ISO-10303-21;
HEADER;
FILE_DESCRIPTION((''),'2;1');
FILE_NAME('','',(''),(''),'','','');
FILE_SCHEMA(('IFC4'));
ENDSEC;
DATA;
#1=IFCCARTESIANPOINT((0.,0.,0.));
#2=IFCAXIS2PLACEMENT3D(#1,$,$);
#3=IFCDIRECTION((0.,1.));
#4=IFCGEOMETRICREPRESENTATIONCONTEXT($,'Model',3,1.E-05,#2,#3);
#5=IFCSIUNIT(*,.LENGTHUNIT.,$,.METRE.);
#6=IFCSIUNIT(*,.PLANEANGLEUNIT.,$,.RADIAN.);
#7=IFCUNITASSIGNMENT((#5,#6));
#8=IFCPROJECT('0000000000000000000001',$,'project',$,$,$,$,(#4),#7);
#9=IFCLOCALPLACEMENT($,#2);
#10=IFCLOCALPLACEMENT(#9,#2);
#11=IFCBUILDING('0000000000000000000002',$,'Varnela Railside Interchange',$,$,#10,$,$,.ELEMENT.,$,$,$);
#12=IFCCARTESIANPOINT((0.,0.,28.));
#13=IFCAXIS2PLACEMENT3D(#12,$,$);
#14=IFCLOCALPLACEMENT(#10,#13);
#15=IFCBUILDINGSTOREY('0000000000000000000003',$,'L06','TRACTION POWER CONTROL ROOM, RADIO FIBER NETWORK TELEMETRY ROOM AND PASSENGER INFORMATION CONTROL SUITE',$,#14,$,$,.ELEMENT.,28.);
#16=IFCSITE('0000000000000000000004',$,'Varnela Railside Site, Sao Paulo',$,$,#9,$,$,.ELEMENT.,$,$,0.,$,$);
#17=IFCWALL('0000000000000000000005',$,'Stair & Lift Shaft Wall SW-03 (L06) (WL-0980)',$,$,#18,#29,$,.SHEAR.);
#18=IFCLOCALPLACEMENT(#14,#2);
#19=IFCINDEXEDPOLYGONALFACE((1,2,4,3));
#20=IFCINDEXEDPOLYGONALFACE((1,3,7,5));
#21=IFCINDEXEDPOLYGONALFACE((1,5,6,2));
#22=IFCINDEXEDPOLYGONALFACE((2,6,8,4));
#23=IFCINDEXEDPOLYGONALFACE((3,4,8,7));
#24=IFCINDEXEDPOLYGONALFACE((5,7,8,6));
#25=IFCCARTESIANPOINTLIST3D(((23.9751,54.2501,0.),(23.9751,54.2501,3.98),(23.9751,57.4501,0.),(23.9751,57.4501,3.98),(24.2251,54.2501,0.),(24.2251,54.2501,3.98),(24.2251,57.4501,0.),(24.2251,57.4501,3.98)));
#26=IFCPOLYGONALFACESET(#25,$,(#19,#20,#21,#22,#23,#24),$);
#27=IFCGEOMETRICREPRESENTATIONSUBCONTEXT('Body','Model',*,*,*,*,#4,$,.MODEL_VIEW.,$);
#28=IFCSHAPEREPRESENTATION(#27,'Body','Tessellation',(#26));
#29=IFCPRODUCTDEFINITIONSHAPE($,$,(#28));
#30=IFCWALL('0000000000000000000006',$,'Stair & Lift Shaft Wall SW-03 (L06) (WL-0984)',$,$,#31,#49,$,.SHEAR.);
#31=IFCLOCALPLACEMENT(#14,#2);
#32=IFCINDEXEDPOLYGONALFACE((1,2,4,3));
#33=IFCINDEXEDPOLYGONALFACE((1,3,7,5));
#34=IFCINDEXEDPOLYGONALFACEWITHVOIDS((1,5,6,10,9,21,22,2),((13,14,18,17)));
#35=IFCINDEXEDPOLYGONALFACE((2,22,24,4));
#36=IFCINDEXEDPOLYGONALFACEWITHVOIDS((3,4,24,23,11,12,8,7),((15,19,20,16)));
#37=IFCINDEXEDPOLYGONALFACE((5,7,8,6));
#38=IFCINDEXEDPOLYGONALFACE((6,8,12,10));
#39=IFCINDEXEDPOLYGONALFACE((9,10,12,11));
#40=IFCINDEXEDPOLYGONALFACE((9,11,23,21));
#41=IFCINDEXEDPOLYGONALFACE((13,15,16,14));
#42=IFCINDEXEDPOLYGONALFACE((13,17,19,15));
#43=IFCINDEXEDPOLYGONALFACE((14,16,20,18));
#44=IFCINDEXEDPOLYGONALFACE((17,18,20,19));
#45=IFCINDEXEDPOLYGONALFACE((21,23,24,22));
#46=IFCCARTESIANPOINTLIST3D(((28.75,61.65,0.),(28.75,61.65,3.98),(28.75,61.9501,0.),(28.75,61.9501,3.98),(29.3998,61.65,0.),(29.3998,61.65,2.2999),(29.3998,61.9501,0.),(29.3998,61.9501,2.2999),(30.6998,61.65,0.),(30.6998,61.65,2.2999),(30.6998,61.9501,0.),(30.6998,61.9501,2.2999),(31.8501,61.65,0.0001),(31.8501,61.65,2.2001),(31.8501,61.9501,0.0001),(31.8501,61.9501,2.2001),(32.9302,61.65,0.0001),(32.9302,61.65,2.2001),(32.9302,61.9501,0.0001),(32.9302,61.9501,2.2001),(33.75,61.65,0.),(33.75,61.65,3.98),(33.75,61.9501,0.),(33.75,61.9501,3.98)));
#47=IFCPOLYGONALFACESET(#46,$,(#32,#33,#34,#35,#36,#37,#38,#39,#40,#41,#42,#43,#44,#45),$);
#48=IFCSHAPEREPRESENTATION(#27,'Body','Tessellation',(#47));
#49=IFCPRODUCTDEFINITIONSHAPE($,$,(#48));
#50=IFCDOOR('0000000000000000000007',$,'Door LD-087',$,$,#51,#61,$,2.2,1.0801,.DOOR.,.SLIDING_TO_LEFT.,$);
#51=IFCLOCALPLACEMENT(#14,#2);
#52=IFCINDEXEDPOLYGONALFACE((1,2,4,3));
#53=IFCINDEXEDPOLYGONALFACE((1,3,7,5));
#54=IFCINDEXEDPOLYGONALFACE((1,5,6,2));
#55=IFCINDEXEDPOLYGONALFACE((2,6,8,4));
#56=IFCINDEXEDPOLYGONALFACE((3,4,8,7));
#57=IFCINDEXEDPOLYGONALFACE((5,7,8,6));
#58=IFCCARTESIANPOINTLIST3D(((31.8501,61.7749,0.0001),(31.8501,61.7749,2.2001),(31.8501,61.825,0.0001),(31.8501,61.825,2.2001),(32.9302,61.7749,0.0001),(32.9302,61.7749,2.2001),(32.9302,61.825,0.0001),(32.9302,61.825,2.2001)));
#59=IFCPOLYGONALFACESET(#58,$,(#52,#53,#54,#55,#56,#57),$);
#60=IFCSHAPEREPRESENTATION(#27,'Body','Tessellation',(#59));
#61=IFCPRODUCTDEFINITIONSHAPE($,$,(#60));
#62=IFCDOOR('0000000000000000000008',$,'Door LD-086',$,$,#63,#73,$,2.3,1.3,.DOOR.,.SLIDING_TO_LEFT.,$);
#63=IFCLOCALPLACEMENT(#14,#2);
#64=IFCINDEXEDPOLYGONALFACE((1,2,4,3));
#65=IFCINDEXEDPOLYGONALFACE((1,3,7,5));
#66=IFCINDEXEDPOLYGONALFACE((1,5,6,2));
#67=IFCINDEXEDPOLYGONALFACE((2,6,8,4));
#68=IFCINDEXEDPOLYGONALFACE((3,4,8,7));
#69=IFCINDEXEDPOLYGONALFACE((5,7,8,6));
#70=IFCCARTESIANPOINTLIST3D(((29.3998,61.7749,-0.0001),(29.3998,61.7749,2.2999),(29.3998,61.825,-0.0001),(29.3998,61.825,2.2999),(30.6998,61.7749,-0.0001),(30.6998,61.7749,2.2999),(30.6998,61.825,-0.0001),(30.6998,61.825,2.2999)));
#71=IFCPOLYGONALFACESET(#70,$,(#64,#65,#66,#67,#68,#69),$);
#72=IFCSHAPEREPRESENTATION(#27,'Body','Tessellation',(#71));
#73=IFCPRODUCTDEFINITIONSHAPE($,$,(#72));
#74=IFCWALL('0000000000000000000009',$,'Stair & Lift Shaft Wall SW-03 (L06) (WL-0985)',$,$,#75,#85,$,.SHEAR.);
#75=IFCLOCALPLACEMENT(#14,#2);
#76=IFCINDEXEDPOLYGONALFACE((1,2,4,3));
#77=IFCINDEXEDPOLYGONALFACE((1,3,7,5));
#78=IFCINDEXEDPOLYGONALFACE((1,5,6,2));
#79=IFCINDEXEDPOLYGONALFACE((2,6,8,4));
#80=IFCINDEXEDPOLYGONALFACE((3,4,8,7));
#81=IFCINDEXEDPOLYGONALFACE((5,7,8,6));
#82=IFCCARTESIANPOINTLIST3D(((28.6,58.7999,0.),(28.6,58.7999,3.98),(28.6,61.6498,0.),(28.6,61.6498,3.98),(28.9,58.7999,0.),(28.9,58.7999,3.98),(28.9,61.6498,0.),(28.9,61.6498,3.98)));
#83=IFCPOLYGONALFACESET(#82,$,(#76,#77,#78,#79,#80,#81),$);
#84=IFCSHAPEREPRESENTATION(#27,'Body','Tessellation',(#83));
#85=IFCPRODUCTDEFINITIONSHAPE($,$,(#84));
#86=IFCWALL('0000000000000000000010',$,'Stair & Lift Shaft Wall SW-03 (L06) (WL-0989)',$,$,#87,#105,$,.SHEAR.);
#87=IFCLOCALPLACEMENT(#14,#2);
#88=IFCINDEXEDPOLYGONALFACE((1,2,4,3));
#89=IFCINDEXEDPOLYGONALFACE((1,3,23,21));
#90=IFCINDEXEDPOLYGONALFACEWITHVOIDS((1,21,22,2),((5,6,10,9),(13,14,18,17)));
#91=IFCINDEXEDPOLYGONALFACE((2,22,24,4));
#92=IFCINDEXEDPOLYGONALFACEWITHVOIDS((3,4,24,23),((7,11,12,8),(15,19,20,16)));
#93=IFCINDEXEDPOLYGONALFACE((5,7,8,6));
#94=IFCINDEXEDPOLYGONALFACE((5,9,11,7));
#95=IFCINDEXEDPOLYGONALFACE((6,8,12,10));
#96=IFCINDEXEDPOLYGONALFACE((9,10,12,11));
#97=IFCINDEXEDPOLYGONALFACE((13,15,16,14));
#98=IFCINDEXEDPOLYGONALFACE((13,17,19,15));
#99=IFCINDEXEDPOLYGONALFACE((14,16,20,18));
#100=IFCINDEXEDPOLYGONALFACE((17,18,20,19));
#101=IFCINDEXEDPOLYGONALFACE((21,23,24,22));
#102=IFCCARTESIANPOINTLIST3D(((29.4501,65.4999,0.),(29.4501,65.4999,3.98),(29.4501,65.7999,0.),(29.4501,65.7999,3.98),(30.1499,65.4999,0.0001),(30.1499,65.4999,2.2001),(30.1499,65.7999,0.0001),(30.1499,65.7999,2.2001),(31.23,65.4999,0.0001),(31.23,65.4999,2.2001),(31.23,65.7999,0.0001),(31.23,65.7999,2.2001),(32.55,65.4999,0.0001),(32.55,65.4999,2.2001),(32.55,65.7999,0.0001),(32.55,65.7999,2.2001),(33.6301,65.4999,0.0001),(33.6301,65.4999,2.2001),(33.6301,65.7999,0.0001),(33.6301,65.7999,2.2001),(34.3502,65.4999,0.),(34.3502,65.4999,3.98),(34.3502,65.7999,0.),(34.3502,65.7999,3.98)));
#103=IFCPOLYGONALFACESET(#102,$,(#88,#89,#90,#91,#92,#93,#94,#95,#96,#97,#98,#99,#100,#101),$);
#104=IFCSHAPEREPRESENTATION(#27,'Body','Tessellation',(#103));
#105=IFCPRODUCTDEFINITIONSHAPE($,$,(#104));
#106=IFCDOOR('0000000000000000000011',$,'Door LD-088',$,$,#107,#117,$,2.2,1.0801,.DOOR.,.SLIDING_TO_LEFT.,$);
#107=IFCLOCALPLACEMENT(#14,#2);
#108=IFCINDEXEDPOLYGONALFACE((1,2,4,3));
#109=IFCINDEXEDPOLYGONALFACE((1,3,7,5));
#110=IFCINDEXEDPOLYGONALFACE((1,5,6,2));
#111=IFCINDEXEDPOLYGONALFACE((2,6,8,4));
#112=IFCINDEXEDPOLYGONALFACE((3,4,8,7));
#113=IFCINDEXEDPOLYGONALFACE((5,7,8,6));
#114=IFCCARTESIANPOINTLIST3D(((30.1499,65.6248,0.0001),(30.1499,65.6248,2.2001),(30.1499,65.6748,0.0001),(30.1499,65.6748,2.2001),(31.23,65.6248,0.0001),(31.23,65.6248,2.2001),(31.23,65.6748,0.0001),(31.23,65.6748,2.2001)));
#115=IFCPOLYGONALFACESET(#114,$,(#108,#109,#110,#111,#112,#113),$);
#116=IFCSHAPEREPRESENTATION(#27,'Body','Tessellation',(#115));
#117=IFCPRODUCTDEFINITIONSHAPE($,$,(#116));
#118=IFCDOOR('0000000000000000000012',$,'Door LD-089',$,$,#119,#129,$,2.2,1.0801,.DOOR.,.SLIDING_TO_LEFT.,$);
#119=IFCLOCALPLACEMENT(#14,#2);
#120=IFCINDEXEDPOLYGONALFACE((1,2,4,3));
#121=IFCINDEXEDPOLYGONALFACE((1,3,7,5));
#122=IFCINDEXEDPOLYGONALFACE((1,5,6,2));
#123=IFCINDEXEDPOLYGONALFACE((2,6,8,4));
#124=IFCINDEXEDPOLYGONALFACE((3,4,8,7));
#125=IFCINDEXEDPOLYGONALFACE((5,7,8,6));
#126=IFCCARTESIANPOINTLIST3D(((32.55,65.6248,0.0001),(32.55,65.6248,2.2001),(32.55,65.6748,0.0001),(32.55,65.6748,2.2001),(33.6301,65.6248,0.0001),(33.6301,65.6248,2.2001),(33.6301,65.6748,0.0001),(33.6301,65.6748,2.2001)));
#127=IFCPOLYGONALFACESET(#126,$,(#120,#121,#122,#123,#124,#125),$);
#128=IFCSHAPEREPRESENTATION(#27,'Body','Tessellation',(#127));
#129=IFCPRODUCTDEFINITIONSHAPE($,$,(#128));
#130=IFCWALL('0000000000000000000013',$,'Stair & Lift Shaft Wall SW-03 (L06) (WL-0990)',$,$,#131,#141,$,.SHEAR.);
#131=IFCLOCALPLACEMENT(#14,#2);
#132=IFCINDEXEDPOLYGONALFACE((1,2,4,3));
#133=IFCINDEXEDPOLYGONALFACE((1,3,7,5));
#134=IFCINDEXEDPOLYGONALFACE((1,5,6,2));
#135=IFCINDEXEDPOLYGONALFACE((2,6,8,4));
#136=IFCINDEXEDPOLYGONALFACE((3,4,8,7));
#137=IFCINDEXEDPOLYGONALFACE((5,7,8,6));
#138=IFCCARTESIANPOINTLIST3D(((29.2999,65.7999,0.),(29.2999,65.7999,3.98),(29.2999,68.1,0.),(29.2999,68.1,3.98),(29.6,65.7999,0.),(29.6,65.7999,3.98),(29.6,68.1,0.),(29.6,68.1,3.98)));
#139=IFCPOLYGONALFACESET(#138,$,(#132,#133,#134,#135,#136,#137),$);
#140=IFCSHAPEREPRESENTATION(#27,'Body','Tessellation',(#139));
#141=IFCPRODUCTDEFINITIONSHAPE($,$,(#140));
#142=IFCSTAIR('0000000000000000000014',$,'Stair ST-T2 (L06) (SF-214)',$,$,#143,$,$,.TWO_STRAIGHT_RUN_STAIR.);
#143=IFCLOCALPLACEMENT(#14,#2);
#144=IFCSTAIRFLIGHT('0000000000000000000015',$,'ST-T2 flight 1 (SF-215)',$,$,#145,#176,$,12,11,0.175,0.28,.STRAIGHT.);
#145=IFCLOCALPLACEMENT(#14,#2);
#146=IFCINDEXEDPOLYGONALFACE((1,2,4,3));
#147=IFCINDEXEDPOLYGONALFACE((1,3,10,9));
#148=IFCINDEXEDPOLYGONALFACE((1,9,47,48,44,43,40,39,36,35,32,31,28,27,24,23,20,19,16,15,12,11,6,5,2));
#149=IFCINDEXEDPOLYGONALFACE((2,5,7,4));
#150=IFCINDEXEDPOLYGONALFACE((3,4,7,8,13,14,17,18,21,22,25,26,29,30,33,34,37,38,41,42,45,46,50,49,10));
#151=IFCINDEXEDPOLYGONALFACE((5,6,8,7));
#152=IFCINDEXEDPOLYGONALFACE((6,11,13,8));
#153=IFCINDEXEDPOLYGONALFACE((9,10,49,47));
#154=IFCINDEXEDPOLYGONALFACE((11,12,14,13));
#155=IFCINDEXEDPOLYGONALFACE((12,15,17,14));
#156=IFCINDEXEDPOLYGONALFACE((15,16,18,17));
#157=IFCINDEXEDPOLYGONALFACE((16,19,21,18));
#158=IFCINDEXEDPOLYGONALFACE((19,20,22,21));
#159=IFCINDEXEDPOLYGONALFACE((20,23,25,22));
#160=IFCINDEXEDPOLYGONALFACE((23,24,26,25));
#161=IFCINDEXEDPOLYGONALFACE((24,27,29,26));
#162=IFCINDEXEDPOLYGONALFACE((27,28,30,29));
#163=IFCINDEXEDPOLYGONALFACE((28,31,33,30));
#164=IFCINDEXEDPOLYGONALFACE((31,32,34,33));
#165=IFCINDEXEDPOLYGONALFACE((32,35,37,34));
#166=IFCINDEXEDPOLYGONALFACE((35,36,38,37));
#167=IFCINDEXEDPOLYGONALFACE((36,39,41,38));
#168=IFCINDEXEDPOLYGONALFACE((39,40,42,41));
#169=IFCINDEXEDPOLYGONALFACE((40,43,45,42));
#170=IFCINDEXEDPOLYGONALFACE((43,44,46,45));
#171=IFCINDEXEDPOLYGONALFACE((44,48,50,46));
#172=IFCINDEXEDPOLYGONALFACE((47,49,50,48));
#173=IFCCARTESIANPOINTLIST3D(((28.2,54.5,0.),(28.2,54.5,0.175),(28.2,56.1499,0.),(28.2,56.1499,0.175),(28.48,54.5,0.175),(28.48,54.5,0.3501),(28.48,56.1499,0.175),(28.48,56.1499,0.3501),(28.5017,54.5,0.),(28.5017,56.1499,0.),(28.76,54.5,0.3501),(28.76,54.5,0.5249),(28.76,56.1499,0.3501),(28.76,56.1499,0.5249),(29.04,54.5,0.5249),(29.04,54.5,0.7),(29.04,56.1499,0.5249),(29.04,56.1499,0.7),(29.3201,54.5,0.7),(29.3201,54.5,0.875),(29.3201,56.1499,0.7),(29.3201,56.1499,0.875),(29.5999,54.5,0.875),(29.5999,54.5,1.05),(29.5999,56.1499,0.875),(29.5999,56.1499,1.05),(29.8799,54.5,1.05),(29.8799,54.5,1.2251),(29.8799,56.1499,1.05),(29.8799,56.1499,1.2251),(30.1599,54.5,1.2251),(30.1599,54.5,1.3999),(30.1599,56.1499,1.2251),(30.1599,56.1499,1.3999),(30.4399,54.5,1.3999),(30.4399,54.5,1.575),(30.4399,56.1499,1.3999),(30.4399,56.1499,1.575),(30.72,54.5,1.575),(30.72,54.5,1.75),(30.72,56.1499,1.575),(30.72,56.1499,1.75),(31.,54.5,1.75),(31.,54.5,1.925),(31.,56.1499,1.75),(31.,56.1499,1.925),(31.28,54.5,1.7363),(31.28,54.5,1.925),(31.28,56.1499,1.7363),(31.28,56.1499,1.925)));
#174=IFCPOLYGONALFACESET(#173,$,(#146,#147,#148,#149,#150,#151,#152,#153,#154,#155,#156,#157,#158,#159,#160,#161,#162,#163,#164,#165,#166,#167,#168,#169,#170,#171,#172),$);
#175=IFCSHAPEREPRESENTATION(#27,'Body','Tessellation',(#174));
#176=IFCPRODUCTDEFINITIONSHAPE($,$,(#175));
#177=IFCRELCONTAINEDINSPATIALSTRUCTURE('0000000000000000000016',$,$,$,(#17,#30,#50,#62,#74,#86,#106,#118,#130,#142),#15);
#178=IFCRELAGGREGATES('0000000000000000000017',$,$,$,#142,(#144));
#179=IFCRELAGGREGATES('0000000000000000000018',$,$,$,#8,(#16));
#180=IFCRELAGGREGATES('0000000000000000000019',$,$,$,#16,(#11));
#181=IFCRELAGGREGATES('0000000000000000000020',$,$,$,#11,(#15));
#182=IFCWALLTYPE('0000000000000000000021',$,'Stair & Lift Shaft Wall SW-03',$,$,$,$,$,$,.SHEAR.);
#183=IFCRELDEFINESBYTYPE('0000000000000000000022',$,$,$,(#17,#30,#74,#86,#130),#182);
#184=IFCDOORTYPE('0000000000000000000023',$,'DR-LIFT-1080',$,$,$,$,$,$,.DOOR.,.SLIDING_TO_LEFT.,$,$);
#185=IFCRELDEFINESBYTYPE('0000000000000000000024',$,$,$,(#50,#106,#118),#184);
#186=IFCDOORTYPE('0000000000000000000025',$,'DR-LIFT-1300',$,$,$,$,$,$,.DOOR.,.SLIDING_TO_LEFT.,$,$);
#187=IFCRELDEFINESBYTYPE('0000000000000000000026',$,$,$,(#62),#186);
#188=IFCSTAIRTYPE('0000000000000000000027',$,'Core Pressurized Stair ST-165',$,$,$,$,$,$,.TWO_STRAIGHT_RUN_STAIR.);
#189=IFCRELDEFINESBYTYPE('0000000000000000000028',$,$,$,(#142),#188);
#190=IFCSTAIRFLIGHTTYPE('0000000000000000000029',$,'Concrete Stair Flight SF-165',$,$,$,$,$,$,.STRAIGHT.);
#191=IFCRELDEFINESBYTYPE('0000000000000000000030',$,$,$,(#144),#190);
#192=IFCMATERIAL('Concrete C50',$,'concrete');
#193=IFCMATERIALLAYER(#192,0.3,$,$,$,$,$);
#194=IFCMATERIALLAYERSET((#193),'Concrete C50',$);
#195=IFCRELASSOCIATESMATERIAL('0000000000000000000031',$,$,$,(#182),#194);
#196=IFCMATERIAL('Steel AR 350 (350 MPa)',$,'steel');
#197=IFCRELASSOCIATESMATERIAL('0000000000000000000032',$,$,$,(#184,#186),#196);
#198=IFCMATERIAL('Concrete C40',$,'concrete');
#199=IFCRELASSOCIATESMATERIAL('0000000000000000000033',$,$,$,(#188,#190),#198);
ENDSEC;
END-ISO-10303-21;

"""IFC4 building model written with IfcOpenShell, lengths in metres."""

from ifc_helpers import new_model, si_unit, direction, frame, frame_2d, origin, place, context, subcontext, project, spatial, polyline, rectangle, outline, extrude, material, layer, layer_set, type_object, element, fill, aggregate, save


model = new_model("IFC4")

# Units and contexts
model_context = context("Model", 3, precision=1e-05, world=origin(), true_north=direction((0.0, 1.0)))
body_context = subcontext(model_context, "Body", "Model", "MODEL_VIEW")
ifc_project = project(units=[si_unit("LENGTHUNIT", "METRE"), si_unit("PLANEANGLEUNIT", "RADIAN")], contexts=[model_context])

# Site, building, storey
site_placement = place(None, origin())
site = spatial("IfcSite", under=ifc_project, at=site_placement, Name="Varnela Railside Site, Sao Paulo", CompositionType="ELEMENT", RefElevation=0.0)
building_placement = place(site_placement, origin())
building = spatial("IfcBuilding", under=site, at=building_placement, Name="Varnela Railside Interchange", CompositionType="ELEMENT")
storey_placement = place(building_placement, frame((0.0, 0.0, 28.0)))
storey = spatial("IfcBuildingStorey", under=building, at=storey_placement, Name="L06", Description="TRACTION POWER CONTROL ROOM, RADIO FIBER NETWORK TELEMETRY ROOM AND PASSENGER INFORMATION CONTROL SUITE", CompositionType="ELEMENT", Elevation=28.0)

# Shared definitions
ifc_material_1 = material(Name="Steel AR 350 (350 MPa)", Category="steel")

# Shared definitions
ifc_material_2 = material(Name="Concrete C50", Category="concrete")

# Shared definitions
ifc_layer_1 = layer(ifc_material_2, 0.3)
ifc_layer_set_1 = layer_set([ifc_layer_1], Name="Concrete C50")
wall_type_1 = type_object("IfcWallType", Name="Stair & Lift Shaft Wall SW-03", PredefinedType="SHEAR", material=ifc_layer_set_1)

# Wall
wall_1_placement = place(storey_placement, frame((24.1001, 54.25, 0.0), z_axis=(0.0, 0.0, 1.0), x_axis=(0.0, 1.0, 0.0)))
element("IfcWall", 1, at=wall_1_placement, inside=storey, type_object=wall_type_1, Name="Stair & Lift Shaft Wall SW-03 (L06) (WL-0980)", PredefinedType="SHEAR", context=body_context, shape_type="SweptSolid", body=[
    extrude(rectangle(XDim=3.2, YDim=0.25, at=frame_2d((1.6001, 0.0))), origin(), (0.0, 0.0, 1.0), 3.98),
])

# Wall, openings, doors
wall_2_placement = place(storey_placement, frame((28.75, 61.8, 0.0), z_axis=(0.0, 0.0, 1.0), x_axis=(1.0, 0.0, 0.0)))
wall_2 = element("IfcWall", 2, at=wall_2_placement, inside=storey, type_object=wall_type_1, Name="Stair & Lift Shaft Wall SW-03 (L06) (WL-0984)", PredefinedType="SHEAR", context=body_context, shape_type="SweptSolid", body=[
    extrude(rectangle(XDim=5.0, YDim=0.3, at=frame_2d((2.5, 0.0))), origin(), (0.0, 0.0, 1.0), 3.98),
])
opening_1_placement = place(wall_2_placement, frame((0.6499, 0.0, 0.0)))
opening_1 = element("IfcOpeningElement", 3, at=opening_1_placement, cuts=wall_2, PredefinedType="OPENING", context=body_context, shape_type="SweptSolid", body=[
    extrude(rectangle(XDim=1.3, YDim=2.3, at=frame_2d((0.6499, 1.1499))), frame((0.0, 0.1599, 0.0), z_axis=(0.0, -1.0, 0.0), x_axis=(1.0, 0.0, 0.0)), (0.0, 0.0, 1.0), 0.3201),
])
opening_2_placement = place(wall_2_placement, frame((3.1001, 0.0, 0.0)))
opening_2 = element("IfcOpeningElement", 4, at=opening_2_placement, cuts=wall_2, PredefinedType="OPENING", context=body_context, shape_type="SweptSolid", body=[
    extrude(rectangle(XDim=1.0801, YDim=2.2, at=frame_2d((0.54, 1.1001))), frame((0.0, 0.1599, 0.0), z_axis=(0.0, -1.0, 0.0), x_axis=(1.0, 0.0, 0.0)), (0.0, 0.0, 1.0), 0.3201),
])
door_type_1 = type_object("IfcDoorType", Name="DR-LIFT-1080", OperationType="SLIDING_TO_LEFT", PredefinedType="DOOR", material=ifc_material_1)
door_1_placement = place(opening_2_placement, origin())
door_1 = element("IfcDoor", 5, at=door_1_placement, inside=storey, type_object=door_type_1, Name="Door LD-087", OperationType="SLIDING_TO_LEFT", OverallHeight=2.2, OverallWidth=1.0801, PredefinedType="DOOR", context=body_context, shape_type="SweptSolid", body=[
    extrude(rectangle(XDim=1.0801, YDim=2.2, at=frame_2d((0.54, 1.1001))), frame((0.0, 0.0249, 0.0), z_axis=(0.0, -1.0, 0.0), x_axis=(1.0, 0.0, 0.0)), (0.0, 0.0, 1.0), 0.05),
])
fill(opening_2, door_1)
door_type_2 = type_object("IfcDoorType", Name="DR-LIFT-1300", OperationType="SLIDING_TO_LEFT", PredefinedType="DOOR", material=ifc_material_1)
door_2_placement = place(opening_1_placement, origin())
door_2 = element("IfcDoor", 6, at=door_2_placement, inside=storey, type_object=door_type_2, Name="Door LD-086", OperationType="SLIDING_TO_LEFT", OverallHeight=2.3, OverallWidth=1.3, PredefinedType="DOOR", context=body_context, shape_type="SweptSolid", body=[
    extrude(rectangle(XDim=1.3, YDim=2.3, at=frame_2d((0.6499, 1.1499))), frame((0.0, 0.0249, 0.0), z_axis=(0.0, -1.0, 0.0), x_axis=(1.0, 0.0, 0.0)), (0.0, 0.0, 1.0), 0.05),
])
fill(opening_1, door_2)

# Wall
wall_3_placement = place(storey_placement, frame((28.75, 58.8, 0.0), z_axis=(0.0, 0.0, 1.0), x_axis=(0.0, 1.0, 0.0)))
element("IfcWall", 7, at=wall_3_placement, inside=storey, type_object=wall_type_1, Name="Stair & Lift Shaft Wall SW-03 (L06) (WL-0985)", PredefinedType="SHEAR", context=body_context, shape_type="SweptSolid", body=[
    extrude(rectangle(XDim=2.8499, YDim=0.3, at=frame_2d((1.4248, 0.0))), origin(), (0.0, 0.0, 1.0), 3.98),
])

# Wall, openings, doors
wall_4_placement = place(storey_placement, frame((29.45, 65.6499, 0.0), z_axis=(0.0, 0.0, 1.0), x_axis=(1.0, 0.0, 0.0)))
wall_4 = element("IfcWall", 8, at=wall_4_placement, inside=storey, type_object=wall_type_1, Name="Stair & Lift Shaft Wall SW-03 (L06) (WL-0989)", PredefinedType="SHEAR", context=body_context, shape_type="SweptSolid", body=[
    extrude(rectangle(XDim=4.9001, YDim=0.3, at=frame_2d((2.4502, 0.0))), origin(), (0.0, 0.0, 1.0), 3.98),
])
opening_3_placement = place(wall_4_placement, frame((0.7, 0.0, 0.0)))
opening_3 = element("IfcOpeningElement", 9, at=opening_3_placement, cuts=wall_4, PredefinedType="OPENING", context=body_context, shape_type="SweptSolid", body=[
    extrude(rectangle(XDim=1.0801, YDim=2.2, at=frame_2d((0.54, 1.1001))), frame((0.0, 0.1599, 0.0), z_axis=(0.0, -1.0, 0.0), x_axis=(1.0, 0.0, 0.0)), (0.0, 0.0, 1.0), 0.3201),
])
opening_4_placement = place(wall_4_placement, frame((3.1001, 0.0, 0.0)))
opening_4 = element("IfcOpeningElement", 10, at=opening_4_placement, cuts=wall_4, PredefinedType="OPENING", context=body_context, shape_type="SweptSolid", body=[
    extrude(rectangle(XDim=1.0801, YDim=2.2, at=frame_2d((0.54, 1.1001))), frame((0.0, 0.1599, 0.0), z_axis=(0.0, -1.0, 0.0), x_axis=(1.0, 0.0, 0.0)), (0.0, 0.0, 1.0), 0.3201),
])
door_3_placement = place(opening_3_placement, origin())
door_3 = element("IfcDoor", 11, at=door_3_placement, inside=storey, type_object=door_type_1, Name="Door LD-088", OperationType="SLIDING_TO_LEFT", OverallHeight=2.2, OverallWidth=1.0801, PredefinedType="DOOR", context=body_context, shape_type="SweptSolid", body=[
    extrude(rectangle(XDim=1.0801, YDim=2.2, at=frame_2d((0.54, 1.1001))), frame((0.0, 0.0249, 0.0), z_axis=(0.0, -1.0, 0.0), x_axis=(1.0, 0.0, 0.0)), (0.0, 0.0, 1.0), 0.05),
])
fill(opening_3, door_3)
door_4_placement = place(opening_4_placement, origin())
door_4 = element("IfcDoor", 12, at=door_4_placement, inside=storey, type_object=door_type_1, Name="Door LD-089", OperationType="SLIDING_TO_LEFT", OverallHeight=2.2, OverallWidth=1.0801, PredefinedType="DOOR", context=body_context, shape_type="SweptSolid", body=[
    extrude(rectangle(XDim=1.0801, YDim=2.2, at=frame_2d((0.54, 1.1001))), frame((0.0, 0.0249, 0.0), z_axis=(0.0, -1.0, 0.0), x_axis=(1.0, 0.0, 0.0)), (0.0, 0.0, 1.0), 0.05),
])
fill(opening_4, door_4)

# Wall
wall_5_placement = place(storey_placement, frame((29.45, 65.8, 0.0), z_axis=(0.0, 0.0, 1.0), x_axis=(0.0, 1.0, 0.0)))
element("IfcWall", 13, at=wall_5_placement, inside=storey, type_object=wall_type_1, Name="Stair & Lift Shaft Wall SW-03 (L06) (WL-0990)", PredefinedType="SHEAR", context=body_context, shape_type="SweptSolid", body=[
    extrude(rectangle(XDim=2.3, YDim=0.3, at=frame_2d((1.1499, 0.0))), origin(), (0.0, 0.0, 1.0), 3.98),
])

# Stair, stair flight
ifc_material_3 = material(Name="Concrete C40", Category="concrete")
stair_type = type_object("IfcStairType", Name="Core Pressurized Stair ST-165", PredefinedType="TWO_STRAIGHT_RUN_STAIR", material=ifc_material_3)
stair_placement = place(storey_placement, origin())
stair = element("IfcStair", 14, at=stair_placement, inside=storey, type_object=stair_type, Name="Stair ST-T2 (L06) (SF-214)", PredefinedType="TWO_STRAIGHT_RUN_STAIR")
stair_flight_type = type_object("IfcStairFlightType", Name="Concrete Stair Flight SF-165", PredefinedType="STRAIGHT", material=ifc_material_3)
stair_flight_placement = place(storey_placement, frame((28.2, 55.325, 0.0), z_axis=(0.0, 0.0, 1.0), x_axis=(1.0, 0.0, 0.0)))
stair_flight = element("IfcStairFlight", 15, at=stair_flight_placement, type_object=stair_flight_type, Name="ST-T2 flight 1 (SF-215)", NumberOfRisers=12, NumberOfTreads=11, PredefinedType="STRAIGHT", RiserHeight=0.175, TreadLength=0.28, context=body_context, shape_type="SweptSolid", body=[
    extrude(outline(polyline([(0.0, 0.0), (0.0, 0.175), (0.28, 0.175), (0.28, 0.3501), (0.5601, 0.3501), (0.5601, 0.5249), (0.8401, 0.5249), (0.8401, 0.7), (1.1201, 0.7), (1.1201, 0.875), (1.3999, 0.875), (1.3999, 1.05), (1.6799, 1.05), (1.6799, 1.2251), (1.96, 1.2251), (1.96, 1.3999), (2.24, 1.3999), (2.24, 1.575), (2.52, 1.575), (2.52, 1.75), (2.8, 1.75), (2.8, 1.925), (3.0801, 1.925), (3.0801, 2.1001), (3.0801, 1.7363), (0.3018, 0.0), (0.0, 0.0)])), frame((0.0, 0.825, 0.0), z_axis=(0.0, -1.0, 0.0), x_axis=(1.0, 0.0, 0.0)), (0.0, 0.0, 1.0), 1.6499),
])
aggregate(stair, [stair_flight])

save(model, "model.ifc")
